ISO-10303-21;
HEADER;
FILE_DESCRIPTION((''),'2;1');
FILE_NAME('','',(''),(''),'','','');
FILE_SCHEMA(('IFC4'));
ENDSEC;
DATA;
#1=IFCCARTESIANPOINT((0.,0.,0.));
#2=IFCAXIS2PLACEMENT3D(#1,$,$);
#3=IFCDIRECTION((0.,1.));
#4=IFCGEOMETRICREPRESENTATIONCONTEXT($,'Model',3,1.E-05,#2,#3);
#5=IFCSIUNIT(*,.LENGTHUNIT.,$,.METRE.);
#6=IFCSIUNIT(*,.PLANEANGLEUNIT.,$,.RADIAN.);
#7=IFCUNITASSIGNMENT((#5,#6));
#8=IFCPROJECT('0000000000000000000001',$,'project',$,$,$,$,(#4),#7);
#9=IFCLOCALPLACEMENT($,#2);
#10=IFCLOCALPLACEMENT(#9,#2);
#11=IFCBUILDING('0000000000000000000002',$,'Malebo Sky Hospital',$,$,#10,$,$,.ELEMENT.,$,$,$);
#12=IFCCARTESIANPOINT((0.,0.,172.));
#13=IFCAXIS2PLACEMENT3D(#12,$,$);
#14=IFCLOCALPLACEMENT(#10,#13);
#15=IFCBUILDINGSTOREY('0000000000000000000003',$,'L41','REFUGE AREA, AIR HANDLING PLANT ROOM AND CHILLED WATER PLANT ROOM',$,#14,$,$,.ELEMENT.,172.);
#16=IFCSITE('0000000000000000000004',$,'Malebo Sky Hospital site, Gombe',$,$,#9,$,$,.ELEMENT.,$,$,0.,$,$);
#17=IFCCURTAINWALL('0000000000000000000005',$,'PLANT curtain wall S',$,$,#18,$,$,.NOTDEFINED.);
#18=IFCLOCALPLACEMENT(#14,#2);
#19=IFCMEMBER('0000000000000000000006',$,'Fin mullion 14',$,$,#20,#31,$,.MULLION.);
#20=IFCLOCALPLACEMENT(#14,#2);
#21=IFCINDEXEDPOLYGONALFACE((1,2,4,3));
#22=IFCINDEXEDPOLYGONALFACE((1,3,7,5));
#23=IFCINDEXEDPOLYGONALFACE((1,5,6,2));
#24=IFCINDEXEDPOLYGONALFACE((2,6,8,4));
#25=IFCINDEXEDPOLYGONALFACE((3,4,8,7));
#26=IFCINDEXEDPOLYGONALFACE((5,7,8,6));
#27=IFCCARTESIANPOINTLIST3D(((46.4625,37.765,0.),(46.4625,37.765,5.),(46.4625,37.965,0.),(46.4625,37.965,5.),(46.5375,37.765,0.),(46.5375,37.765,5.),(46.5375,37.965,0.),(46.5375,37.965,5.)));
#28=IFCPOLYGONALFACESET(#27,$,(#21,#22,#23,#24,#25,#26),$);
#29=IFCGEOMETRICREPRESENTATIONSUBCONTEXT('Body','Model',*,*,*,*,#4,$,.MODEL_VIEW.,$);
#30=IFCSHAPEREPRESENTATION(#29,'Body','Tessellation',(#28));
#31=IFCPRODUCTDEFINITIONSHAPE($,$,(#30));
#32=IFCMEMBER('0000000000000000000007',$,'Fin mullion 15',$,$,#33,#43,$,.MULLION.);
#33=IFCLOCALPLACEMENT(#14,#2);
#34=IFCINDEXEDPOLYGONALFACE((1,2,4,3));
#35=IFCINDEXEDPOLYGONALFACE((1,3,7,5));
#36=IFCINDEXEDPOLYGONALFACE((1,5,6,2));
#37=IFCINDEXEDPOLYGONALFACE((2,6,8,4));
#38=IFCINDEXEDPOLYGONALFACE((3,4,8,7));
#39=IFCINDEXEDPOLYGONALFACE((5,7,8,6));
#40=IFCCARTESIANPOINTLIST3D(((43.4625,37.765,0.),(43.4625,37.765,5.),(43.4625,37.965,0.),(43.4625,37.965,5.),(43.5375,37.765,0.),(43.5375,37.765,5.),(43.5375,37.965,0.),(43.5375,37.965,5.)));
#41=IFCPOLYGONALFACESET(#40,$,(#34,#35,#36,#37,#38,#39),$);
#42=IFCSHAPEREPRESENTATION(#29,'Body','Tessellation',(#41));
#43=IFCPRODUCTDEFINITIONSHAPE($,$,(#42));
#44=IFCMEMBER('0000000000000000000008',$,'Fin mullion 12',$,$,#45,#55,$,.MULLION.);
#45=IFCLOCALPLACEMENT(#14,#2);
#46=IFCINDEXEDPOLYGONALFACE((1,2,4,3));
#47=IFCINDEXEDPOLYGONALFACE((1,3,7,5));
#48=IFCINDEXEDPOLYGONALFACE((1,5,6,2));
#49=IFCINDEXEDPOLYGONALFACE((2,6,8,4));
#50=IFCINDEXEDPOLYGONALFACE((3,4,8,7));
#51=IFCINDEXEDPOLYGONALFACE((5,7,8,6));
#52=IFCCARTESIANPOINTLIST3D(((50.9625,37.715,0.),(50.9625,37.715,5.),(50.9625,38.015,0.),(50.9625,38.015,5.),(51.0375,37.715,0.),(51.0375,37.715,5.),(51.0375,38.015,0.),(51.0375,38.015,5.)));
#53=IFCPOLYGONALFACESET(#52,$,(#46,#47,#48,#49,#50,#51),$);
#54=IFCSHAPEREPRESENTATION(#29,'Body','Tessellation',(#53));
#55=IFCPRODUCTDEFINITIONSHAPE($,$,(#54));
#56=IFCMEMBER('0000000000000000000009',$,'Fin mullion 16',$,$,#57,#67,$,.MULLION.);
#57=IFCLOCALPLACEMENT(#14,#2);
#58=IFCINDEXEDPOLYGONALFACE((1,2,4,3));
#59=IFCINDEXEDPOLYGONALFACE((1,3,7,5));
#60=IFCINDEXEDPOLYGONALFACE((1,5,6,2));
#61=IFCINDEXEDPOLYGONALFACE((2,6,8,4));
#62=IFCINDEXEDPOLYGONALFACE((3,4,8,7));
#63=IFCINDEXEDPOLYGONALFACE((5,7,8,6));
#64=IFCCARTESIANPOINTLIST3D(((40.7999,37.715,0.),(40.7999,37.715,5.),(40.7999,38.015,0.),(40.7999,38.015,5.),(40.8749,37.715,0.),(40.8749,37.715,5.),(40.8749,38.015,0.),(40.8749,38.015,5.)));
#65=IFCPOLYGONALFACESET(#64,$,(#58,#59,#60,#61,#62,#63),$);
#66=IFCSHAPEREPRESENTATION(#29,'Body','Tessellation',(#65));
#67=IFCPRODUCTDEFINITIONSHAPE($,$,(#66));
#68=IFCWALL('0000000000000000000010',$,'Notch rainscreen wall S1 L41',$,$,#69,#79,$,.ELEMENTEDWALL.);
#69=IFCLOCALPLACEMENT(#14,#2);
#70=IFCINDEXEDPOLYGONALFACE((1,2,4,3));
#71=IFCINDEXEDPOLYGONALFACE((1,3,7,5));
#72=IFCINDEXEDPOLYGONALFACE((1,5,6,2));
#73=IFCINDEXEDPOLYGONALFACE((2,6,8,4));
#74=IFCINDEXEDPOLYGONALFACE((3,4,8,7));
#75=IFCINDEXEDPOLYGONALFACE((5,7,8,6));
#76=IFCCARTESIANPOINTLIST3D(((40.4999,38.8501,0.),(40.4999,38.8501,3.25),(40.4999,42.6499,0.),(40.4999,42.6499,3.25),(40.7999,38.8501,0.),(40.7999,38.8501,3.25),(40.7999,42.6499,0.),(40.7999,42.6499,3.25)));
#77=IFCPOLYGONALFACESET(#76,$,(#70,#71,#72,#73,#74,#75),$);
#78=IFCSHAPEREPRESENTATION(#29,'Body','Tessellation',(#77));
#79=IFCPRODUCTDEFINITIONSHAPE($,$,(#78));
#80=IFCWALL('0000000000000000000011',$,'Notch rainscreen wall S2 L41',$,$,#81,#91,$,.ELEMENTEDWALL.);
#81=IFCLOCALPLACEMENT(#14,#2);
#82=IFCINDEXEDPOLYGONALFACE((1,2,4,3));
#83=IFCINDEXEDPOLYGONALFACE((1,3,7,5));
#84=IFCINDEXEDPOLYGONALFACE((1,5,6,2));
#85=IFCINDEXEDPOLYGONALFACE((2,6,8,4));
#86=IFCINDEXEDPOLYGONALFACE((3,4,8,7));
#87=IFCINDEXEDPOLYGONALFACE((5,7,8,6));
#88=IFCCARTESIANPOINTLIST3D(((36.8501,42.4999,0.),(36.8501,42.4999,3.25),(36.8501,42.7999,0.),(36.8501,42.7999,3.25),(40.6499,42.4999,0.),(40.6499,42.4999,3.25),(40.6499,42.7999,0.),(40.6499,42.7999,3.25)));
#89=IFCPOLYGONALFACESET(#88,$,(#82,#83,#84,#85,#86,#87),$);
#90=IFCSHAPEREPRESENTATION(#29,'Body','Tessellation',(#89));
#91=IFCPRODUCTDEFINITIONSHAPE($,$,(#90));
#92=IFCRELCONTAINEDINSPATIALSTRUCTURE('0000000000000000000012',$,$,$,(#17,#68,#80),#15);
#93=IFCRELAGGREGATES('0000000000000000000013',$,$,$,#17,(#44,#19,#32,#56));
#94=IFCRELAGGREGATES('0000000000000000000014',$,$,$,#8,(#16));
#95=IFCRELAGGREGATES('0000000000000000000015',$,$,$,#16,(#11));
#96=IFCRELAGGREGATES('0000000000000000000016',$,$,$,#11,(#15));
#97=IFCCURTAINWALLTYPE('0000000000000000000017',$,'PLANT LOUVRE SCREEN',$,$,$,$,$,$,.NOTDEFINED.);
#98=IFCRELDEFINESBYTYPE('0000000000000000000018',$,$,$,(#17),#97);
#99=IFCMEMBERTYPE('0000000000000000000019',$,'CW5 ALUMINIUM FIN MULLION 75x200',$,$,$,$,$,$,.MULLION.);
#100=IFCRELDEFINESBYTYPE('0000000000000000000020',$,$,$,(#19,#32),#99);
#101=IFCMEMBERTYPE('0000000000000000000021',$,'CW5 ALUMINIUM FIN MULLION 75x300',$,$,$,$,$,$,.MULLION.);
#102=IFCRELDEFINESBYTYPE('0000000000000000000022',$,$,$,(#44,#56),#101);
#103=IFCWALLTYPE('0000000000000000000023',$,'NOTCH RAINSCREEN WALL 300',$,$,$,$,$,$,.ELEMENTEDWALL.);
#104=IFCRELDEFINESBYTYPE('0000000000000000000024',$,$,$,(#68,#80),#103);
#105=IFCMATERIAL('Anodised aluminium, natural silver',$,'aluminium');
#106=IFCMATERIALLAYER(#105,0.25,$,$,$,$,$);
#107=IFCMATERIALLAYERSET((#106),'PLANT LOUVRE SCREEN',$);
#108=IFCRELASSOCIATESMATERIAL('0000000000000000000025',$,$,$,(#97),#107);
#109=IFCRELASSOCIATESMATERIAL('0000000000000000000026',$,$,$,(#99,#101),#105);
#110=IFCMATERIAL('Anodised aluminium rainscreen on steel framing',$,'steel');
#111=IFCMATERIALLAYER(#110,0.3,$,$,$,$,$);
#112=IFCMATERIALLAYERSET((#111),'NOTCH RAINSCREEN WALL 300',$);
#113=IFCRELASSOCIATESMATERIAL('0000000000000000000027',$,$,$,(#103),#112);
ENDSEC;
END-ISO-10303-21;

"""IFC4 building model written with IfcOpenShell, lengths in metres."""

from ifc_helpers import new_model, si_unit, direction, frame, frame_2d, origin, origin_2d, place, context, subcontext, project, spatial, rectangle, extrude, material, layer, layer_set, material_profile, profile_set, type_object, element, aggregate, save


model = new_model("IFC4")

# Units and contexts
model_context = context("Model", 3, precision=1e-05, world=origin(), true_north=direction((0.0, 1.0)))
body_context = subcontext(model_context, "Body", "Model", "MODEL_VIEW")
ifc_project = project(units=[si_unit("LENGTHUNIT", "METRE"), si_unit("PLANEANGLEUNIT", "RADIAN")], contexts=[model_context])

# Site, building, storey
site_placement = place(None, origin())
site = spatial("IfcSite", under=ifc_project, at=site_placement, Name="Malebo Sky Hospital site, Gombe", CompositionType="ELEMENT", RefElevation=0.0)
building_placement = place(site_placement, origin())
building = spatial("IfcBuilding", under=site, at=building_placement, Name="Malebo Sky Hospital", CompositionType="ELEMENT")
storey_placement = place(building_placement, frame((0.0, 0.0, 172.0)))
storey = spatial("IfcBuildingStorey", under=building, at=storey_placement, Name="L41", Description="REFUGE AREA, AIR HANDLING PLANT ROOM AND CHILLED WATER PLANT ROOM", CompositionType="ELEMENT", Elevation=172.0)

# Curtain wall, members
ifc_material_1 = material(Name="Anodised aluminium, natural silver", Category="aluminium")
ifc_layer_1 = layer(ifc_material_1, 0.25)
ifc_layer_set_1 = layer_set([ifc_layer_1], Name="PLANT LOUVRE SCREEN")
curtain_wall_type = type_object("IfcCurtainWallType", Name="PLANT LOUVRE SCREEN", PredefinedType="NOTDEFINED", material=ifc_layer_set_1)
ifc_material_profile_1 = material_profile(ifc_material_1, rectangle(XDim=0.075, YDim=0.2, at=origin_2d()), Name="CW5 ALUMINIUM FIN MULLION 75x200")
ifc_profile_set_1 = profile_set([ifc_material_profile_1], Name="Anodised aluminium, natural silver")
member_type_1 = type_object("IfcMemberType", Name="CW5 ALUMINIUM FIN MULLION 75x200", PredefinedType="MULLION", material=ifc_profile_set_1)
curtain_wall_1_placement = place(storey_placement, origin())
curtain_wall_1 = element("IfcCurtainWall", 1, at=curtain_wall_1_placement, inside=storey, type_object=curtain_wall_type, Name="PLANT curtain wall S", PredefinedType="NOTDEFINED")
member_1_placement = place(storey_placement, frame((46.5, 37.865, 0.0), z_axis=(0.0, 0.0, 1.0), x_axis=(-1.0, 0.0, 0.0)))
member_1 = element("IfcMember", 2, at=member_1_placement, type_object=member_type_1, Name="Fin mullion 14", PredefinedType="MULLION", context=body_context, shape_type="SweptSolid", body=[
    extrude(rectangle(XDim=0.075, YDim=0.2, at=origin_2d()), origin(), (0.0, 0.0, 1.0), 5.0),
])
member_2_placement = place(storey_placement, frame((43.5, 37.865, 0.0), z_axis=(0.0, 0.0, 1.0), x_axis=(-1.0, 0.0, 0.0)))
member_2 = element("IfcMember", 3, at=member_2_placement, type_object=member_type_1, Name="Fin mullion 15", PredefinedType="MULLION", context=body_context, shape_type="SweptSolid", body=[
    extrude(rectangle(XDim=0.075, YDim=0.2, at=origin_2d()), origin(), (0.0, 0.0, 1.0), 5.0),
])
ifc_material_profile_2 = material_profile(ifc_material_1, rectangle(XDim=0.075, YDim=0.3, at=origin_2d()), Name="CW5 ALUMINIUM FIN MULLION 75x300")
ifc_profile_set_2 = profile_set([ifc_material_profile_2], Name="Anodised aluminium, natural silver")
member_type_2 = type_object("IfcMemberType", Name="CW5 ALUMINIUM FIN MULLION 75x300", PredefinedType="MULLION", material=ifc_profile_set_2)
member_3_placement = place(storey_placement, frame((51.0, 37.865, 0.0), z_axis=(0.0, 0.0, 1.0), x_axis=(-1.0, 0.0, 0.0)))
member_3 = element("IfcMember", 4, at=member_3_placement, type_object=member_type_2, Name="Fin mullion 12", PredefinedType="MULLION", context=body_context, shape_type="SweptSolid", body=[
    extrude(rectangle(XDim=0.075, YDim=0.3, at=origin_2d()), origin(), (0.0, 0.0, 1.0), 5.0),
])
member_4_placement = place(storey_placement, frame((40.8374, 37.865, 0.0), z_axis=(0.0, 0.0, 1.0), x_axis=(-1.0, 0.0, 0.0)))
member_4 = element("IfcMember", 5, at=member_4_placement, type_object=member_type_2, Name="Fin mullion 16", PredefinedType="MULLION", context=body_context, shape_type="SweptSolid", body=[
    extrude(rectangle(XDim=0.075, YDim=0.3, at=origin_2d()), origin(), (0.0, 0.0, 1.0), 5.0),
])
aggregate(curtain_wall_1, [member_3, member_1, member_2, member_4])

# Walls
ifc_material_2 = material(Name="Anodised aluminium rainscreen on steel framing", Category="steel")
ifc_layer_2 = layer(ifc_material_2, 0.3)
ifc_layer_set_2 = layer_set([ifc_layer_2], Name="NOTCH RAINSCREEN WALL 300")
wall_type = type_object("IfcWallType", Name="NOTCH RAINSCREEN WALL 300", PredefinedType="ELEMENTEDWALL", material=ifc_layer_set_2)
for number, where, z_axis, x_axis, name in (
    (6, (40.6499, 38.8501, 0.0), (0.0, 0.0, 1.0), (0.0, 1.0, 0.0), "Notch rainscreen wall S1 L41"),
    (7, (40.6499, 42.6499, 0.0), (0.0, 0.0, 1.0), (-1.0, 0.0, 0.0), "Notch rainscreen wall S2 L41"),
):
    element("IfcWall", number, at=place(storey_placement, frame(where, z_axis=z_axis, x_axis=x_axis)), inside=storey, type_object=wall_type, Name=name, PredefinedType="ELEMENTEDWALL", context=body_context, shape_type="SweptSolid", body=[
        extrude(rectangle(XDim=3.7998, YDim=0.3, at=frame_2d((1.8999, 0.0))), origin(), (0.0, 0.0, 1.0), 3.25),
    ])

save(model, "model.ifc")
